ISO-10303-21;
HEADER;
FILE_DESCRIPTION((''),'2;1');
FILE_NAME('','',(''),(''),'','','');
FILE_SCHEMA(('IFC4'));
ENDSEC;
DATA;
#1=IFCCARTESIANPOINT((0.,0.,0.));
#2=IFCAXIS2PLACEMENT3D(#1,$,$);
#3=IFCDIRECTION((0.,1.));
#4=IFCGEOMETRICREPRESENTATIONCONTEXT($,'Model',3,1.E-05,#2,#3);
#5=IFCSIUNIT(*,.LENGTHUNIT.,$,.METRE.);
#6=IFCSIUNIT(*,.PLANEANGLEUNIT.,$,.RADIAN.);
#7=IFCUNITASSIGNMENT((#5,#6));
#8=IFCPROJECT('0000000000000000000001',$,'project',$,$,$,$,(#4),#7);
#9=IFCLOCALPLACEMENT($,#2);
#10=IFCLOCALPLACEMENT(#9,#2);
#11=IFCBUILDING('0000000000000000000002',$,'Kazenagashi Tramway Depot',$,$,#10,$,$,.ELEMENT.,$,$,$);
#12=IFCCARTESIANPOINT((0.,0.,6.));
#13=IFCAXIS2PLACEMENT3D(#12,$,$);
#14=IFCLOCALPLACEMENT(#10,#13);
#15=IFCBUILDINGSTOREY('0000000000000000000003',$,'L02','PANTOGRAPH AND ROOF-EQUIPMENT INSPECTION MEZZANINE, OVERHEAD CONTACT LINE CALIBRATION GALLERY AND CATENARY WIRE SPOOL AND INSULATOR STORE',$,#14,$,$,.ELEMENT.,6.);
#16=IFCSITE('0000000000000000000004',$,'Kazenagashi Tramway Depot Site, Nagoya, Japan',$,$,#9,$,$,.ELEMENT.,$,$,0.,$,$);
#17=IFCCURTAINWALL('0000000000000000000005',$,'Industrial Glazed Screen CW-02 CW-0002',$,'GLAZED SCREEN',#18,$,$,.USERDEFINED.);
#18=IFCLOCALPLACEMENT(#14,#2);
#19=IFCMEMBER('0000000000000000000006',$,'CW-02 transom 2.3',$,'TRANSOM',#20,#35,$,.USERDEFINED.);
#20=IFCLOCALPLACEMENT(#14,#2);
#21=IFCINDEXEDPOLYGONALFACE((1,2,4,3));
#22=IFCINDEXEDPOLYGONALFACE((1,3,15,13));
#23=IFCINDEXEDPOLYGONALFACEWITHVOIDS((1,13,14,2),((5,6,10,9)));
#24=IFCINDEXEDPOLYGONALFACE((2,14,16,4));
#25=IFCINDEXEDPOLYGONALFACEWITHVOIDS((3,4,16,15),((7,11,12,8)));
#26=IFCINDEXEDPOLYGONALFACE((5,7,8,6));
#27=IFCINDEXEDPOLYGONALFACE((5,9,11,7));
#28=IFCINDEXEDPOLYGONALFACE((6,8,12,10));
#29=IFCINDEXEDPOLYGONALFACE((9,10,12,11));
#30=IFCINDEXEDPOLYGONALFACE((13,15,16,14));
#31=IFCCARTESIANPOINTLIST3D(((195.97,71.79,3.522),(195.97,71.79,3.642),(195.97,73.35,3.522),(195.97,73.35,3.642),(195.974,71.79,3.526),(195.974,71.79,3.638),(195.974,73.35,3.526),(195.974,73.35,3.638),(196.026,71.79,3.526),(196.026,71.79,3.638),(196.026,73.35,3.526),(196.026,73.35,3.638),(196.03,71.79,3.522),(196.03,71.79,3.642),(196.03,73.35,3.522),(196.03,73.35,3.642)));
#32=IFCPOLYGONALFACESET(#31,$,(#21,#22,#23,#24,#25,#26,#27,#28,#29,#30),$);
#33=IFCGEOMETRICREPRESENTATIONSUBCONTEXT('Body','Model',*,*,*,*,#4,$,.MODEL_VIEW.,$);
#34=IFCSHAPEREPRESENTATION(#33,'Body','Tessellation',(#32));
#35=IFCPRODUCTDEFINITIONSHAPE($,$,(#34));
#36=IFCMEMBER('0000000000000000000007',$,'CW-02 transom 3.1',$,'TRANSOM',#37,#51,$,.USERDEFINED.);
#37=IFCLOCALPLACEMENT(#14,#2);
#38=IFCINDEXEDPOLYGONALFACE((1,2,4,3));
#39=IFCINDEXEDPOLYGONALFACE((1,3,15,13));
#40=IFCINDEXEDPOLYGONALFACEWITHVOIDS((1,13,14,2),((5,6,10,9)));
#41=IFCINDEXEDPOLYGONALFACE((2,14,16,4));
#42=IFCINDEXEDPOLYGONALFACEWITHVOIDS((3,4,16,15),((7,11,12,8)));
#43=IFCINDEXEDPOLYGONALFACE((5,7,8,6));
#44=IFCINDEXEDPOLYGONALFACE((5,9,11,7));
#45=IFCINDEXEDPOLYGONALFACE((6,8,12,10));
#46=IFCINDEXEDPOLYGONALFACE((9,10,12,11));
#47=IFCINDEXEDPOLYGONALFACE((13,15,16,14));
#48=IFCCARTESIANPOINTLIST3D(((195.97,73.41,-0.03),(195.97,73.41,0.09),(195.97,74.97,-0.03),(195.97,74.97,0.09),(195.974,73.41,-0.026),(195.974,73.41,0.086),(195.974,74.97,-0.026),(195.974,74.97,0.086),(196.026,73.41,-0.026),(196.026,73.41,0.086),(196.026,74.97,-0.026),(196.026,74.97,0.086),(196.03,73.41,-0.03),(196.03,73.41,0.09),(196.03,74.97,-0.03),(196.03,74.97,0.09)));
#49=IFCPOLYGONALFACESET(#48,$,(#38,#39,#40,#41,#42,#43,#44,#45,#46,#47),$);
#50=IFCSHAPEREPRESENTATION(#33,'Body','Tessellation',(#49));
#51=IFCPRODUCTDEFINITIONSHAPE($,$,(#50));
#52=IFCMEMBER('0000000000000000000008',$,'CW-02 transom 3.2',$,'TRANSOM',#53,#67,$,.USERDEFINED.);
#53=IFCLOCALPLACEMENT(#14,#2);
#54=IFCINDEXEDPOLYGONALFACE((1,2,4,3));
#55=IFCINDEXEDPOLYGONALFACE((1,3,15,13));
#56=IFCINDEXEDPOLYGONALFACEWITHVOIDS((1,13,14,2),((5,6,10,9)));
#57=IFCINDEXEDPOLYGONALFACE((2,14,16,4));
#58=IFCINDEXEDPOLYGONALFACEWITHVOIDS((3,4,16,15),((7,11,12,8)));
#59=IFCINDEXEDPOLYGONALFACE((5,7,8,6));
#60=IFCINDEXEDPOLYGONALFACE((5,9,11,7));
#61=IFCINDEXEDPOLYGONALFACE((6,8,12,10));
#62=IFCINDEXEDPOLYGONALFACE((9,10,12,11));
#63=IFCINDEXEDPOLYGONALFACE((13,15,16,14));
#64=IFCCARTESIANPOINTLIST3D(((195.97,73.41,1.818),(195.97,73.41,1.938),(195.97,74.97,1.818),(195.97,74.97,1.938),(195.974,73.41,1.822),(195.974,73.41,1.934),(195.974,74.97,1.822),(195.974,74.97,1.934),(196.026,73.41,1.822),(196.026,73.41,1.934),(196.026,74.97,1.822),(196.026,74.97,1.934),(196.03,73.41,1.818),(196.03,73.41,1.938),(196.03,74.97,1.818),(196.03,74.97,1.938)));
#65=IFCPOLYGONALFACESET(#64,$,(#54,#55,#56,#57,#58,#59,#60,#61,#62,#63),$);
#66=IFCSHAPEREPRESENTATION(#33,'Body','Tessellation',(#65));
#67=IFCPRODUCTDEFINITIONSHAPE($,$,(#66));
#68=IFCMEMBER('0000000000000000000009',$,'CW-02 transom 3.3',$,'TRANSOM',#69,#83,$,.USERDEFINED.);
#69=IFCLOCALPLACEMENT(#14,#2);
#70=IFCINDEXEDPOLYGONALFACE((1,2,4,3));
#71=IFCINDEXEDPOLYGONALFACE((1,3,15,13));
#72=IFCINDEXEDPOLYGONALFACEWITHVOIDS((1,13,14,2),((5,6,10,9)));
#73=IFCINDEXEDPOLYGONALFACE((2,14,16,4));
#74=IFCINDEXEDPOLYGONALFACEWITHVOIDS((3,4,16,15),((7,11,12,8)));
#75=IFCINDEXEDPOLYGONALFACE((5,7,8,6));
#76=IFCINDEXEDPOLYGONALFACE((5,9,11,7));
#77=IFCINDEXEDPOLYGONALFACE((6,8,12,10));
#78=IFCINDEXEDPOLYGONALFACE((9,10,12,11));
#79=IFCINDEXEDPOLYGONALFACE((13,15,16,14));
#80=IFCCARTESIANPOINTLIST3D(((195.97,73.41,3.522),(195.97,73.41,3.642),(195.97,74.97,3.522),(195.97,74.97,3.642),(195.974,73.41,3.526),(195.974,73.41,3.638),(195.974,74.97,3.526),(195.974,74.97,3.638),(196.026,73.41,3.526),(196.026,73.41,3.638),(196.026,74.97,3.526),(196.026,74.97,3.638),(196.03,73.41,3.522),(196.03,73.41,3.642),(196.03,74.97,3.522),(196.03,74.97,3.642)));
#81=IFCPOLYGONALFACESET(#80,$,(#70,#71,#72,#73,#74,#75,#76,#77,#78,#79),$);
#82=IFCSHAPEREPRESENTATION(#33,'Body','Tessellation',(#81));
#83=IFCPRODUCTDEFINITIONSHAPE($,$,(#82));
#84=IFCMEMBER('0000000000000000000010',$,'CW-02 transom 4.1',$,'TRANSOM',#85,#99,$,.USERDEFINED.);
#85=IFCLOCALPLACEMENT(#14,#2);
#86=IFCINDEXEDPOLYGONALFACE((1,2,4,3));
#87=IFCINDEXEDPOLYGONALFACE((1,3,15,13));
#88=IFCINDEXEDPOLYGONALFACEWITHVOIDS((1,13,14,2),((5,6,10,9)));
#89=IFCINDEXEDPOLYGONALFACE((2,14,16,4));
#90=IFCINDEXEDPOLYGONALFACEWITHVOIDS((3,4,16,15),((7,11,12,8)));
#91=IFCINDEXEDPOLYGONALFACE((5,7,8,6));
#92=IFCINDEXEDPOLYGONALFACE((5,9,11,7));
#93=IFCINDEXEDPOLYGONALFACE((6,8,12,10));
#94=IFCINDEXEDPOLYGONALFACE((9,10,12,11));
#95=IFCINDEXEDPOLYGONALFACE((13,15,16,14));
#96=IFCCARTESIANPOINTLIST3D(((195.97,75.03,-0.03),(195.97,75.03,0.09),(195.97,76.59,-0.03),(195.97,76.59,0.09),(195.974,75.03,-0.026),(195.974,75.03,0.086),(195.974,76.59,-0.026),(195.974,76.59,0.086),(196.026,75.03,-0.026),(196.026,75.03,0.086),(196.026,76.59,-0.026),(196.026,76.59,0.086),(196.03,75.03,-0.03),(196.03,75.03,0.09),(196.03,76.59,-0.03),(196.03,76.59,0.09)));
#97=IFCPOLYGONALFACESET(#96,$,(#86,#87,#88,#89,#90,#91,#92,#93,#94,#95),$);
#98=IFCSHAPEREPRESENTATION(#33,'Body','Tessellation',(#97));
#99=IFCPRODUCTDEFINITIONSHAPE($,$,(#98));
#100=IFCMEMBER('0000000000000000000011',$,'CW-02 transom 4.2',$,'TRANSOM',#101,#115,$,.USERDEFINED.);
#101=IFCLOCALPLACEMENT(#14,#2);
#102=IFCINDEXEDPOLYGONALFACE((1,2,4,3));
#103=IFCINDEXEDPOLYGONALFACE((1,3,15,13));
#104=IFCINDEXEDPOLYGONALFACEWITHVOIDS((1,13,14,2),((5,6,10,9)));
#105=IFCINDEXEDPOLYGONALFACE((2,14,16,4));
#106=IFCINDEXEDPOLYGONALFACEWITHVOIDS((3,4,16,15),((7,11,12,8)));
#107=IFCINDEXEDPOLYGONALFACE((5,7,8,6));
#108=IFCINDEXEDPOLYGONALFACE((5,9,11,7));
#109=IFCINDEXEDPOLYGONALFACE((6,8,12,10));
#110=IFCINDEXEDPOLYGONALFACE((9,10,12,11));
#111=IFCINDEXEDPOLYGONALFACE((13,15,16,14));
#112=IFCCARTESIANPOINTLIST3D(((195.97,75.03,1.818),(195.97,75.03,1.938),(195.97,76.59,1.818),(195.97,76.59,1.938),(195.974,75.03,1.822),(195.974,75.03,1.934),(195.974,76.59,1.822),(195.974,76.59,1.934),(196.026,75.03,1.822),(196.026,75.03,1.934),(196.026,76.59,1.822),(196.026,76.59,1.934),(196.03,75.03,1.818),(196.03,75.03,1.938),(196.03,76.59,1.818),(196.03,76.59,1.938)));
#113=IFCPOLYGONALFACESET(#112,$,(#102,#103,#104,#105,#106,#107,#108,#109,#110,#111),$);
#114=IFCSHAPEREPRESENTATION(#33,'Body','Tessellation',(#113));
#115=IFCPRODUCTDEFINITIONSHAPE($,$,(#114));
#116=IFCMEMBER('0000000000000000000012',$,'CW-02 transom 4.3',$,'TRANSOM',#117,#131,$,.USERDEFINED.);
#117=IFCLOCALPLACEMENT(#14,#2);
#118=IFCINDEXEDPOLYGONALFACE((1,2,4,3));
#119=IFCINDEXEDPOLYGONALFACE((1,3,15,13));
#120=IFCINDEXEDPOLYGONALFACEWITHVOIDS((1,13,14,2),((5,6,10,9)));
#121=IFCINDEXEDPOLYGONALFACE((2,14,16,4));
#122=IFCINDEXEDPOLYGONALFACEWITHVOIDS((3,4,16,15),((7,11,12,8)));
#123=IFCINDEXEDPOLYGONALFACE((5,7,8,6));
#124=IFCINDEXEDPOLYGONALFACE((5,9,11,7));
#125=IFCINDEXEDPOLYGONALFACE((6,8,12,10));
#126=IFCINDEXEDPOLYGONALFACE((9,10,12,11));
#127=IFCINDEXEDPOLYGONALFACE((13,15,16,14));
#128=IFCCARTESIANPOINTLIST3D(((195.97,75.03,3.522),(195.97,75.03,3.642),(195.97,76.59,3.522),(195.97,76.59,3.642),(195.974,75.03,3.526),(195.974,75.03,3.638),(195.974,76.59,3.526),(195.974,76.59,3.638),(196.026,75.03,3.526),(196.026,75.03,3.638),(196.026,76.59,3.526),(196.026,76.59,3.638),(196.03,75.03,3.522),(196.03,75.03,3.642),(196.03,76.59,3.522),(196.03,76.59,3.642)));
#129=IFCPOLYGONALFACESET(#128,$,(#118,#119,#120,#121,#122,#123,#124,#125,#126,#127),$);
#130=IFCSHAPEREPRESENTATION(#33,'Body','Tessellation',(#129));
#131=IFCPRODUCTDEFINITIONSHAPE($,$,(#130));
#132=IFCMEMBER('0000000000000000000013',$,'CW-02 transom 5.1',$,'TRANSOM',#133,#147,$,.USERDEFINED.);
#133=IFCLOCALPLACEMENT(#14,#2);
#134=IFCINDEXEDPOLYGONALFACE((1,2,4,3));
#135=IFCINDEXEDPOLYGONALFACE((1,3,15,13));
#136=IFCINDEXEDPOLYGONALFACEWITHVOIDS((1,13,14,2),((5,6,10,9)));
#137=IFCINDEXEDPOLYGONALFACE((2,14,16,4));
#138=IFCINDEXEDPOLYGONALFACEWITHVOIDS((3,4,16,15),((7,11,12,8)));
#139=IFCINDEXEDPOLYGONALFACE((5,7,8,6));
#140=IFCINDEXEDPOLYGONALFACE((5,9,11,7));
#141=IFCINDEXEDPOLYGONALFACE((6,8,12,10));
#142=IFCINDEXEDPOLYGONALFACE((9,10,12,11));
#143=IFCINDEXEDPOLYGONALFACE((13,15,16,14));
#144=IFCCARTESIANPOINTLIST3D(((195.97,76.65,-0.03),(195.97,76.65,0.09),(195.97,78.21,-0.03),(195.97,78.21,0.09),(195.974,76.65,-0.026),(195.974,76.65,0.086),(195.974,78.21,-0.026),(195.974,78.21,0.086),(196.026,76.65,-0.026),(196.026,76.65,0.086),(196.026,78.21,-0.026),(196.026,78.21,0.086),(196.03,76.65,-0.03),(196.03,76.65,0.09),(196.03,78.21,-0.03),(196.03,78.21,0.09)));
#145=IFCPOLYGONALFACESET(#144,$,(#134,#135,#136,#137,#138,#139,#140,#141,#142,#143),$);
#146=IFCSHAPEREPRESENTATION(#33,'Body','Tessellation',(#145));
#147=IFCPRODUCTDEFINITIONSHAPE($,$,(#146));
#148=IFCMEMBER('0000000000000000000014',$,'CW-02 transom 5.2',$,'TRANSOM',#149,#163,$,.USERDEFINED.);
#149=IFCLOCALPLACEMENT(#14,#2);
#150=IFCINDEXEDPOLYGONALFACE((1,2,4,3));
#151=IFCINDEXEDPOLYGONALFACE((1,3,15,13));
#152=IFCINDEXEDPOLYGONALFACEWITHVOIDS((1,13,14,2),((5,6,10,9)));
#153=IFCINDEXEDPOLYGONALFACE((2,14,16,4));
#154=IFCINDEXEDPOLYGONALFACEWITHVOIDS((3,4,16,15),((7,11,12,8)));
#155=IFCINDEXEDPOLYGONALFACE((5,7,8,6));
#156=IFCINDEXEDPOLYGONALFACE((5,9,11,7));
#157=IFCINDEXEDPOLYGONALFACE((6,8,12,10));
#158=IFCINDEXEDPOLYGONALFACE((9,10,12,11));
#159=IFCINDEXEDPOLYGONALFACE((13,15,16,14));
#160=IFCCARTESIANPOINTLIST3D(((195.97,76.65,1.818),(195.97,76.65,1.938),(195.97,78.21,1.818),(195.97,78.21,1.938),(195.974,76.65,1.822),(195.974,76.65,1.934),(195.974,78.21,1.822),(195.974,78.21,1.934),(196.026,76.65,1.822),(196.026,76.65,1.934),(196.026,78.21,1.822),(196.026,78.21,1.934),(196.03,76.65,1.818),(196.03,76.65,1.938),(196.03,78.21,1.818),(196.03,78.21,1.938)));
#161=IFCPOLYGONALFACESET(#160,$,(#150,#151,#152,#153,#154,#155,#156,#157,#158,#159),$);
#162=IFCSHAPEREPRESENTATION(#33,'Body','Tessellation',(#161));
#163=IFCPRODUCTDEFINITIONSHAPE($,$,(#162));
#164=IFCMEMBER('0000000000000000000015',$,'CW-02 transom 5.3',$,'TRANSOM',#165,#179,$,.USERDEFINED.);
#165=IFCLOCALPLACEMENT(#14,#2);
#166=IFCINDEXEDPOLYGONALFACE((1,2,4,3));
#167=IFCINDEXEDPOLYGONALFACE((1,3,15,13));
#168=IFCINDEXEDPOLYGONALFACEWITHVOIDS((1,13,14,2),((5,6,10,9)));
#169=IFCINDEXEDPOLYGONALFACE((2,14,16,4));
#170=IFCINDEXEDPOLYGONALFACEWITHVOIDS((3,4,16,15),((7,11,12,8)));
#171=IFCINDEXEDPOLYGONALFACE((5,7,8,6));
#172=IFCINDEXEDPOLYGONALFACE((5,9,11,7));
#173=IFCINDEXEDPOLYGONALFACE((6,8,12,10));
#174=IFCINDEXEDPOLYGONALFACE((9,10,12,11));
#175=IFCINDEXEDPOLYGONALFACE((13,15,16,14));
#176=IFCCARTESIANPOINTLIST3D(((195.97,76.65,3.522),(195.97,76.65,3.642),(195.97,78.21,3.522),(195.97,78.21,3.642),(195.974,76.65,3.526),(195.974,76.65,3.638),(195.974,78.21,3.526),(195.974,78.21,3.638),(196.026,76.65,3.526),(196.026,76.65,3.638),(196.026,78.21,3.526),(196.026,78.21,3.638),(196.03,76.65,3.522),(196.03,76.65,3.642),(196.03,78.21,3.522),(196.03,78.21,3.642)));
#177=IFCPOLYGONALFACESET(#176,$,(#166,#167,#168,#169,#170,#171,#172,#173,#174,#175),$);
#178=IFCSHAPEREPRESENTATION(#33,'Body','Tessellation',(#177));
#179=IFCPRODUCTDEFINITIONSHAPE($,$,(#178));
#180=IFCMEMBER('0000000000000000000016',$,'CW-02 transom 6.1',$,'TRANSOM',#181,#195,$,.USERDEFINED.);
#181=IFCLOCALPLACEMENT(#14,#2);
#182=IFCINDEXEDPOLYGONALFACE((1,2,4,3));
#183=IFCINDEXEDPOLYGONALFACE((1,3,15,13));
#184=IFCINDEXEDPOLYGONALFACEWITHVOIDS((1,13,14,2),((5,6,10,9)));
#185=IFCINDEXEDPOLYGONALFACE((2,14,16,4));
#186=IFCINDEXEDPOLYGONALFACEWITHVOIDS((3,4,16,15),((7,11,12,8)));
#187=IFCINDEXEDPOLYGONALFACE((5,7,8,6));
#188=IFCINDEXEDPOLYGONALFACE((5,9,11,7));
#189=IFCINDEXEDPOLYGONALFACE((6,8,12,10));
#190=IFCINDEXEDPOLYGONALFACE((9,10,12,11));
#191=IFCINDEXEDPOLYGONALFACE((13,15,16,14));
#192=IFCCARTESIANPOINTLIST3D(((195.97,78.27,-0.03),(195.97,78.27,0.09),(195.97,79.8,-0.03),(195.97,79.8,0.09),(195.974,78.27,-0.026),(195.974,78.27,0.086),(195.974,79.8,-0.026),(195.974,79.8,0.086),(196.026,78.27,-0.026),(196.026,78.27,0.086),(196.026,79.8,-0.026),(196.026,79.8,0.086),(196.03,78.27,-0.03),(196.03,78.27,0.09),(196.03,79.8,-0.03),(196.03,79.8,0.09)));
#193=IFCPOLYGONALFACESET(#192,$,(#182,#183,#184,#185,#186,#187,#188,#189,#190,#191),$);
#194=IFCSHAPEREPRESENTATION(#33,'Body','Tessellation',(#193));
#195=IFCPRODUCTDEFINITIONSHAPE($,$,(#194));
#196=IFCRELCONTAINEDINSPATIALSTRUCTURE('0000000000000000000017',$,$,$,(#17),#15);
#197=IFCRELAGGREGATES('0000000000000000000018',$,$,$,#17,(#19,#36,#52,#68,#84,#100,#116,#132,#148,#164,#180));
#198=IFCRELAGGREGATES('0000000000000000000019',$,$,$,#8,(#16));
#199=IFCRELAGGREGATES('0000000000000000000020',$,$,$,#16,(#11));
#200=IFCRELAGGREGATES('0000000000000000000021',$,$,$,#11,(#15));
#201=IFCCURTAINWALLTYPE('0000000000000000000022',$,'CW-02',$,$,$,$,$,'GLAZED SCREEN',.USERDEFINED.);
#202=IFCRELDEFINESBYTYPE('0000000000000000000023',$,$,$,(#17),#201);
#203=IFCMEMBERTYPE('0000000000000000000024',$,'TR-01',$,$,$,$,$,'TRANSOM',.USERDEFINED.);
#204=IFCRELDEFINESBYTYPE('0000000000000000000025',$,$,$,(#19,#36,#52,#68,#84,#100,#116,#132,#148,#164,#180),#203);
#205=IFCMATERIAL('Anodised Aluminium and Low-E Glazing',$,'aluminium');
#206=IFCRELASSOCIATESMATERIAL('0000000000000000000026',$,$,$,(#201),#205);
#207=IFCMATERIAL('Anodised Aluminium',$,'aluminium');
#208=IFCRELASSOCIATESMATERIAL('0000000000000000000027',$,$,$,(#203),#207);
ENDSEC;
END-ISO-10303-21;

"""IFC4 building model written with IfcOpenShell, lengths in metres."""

from ifc_helpers import new_model, si_unit, direction, frame, origin, origin_2d, place, context, subcontext, project, spatial, hollow_rectangle, extrude, material, material_profile, profile_set, type_object, element, aggregate, save


model = new_model("IFC4")

# Units and contexts
model_context = context("Model", 3, precision=1e-05, world=origin(), true_north=direction((0.0, 1.0)))
body_context = subcontext(model_context, "Body", "Model", "MODEL_VIEW")
ifc_project = project(units=[si_unit("LENGTHUNIT", "METRE"), si_unit("PLANEANGLEUNIT", "RADIAN")], contexts=[model_context])

# Site, building, storey
site_placement = place(None, origin())
site = spatial("IfcSite", under=ifc_project, at=site_placement, Name="Kazenagashi Tramway Depot Site, Nagoya, Japan", CompositionType="ELEMENT", RefElevation=0.0)
building_placement = place(site_placement, origin())
building = spatial("IfcBuilding", under=site, at=building_placement, Name="Kazenagashi Tramway Depot", CompositionType="ELEMENT")
storey_placement = place(building_placement, frame((0.0, 0.0, 6.0)))
storey = spatial("IfcBuildingStorey", under=building, at=storey_placement, Name="L02", Description="PANTOGRAPH AND ROOF-EQUIPMENT INSPECTION MEZZANINE, OVERHEAD CONTACT LINE CALIBRATION GALLERY AND CATENARY WIRE SPOOL AND INSULATOR STORE", CompositionType="ELEMENT", Elevation=6.0)

# Curtain wall, members
ifc_material_1 = material(Name="Anodised Aluminium and Low-E Glazing", Category="aluminium")
curtain_wall_type = type_object("IfcCurtainWallType", Name="CW-02", ElementType="GLAZED SCREEN", PredefinedType="USERDEFINED", material=ifc_material_1)
curtain_wall_placement = place(storey_placement, origin())
curtain_wall = element("IfcCurtainWall", 1, at=curtain_wall_placement, inside=storey, type_object=curtain_wall_type, Name="Industrial Glazed Screen CW-02 CW-0002", ObjectType="GLAZED SCREEN", PredefinedType="USERDEFINED")
ifc_material_2 = material(Name="Anodised Aluminium", Category="aluminium")
ifc_material_profile_1 = material_profile(ifc_material_2, hollow_rectangle(XDim=0.06, YDim=0.12, WallThickness=0.004, at=origin_2d()), Name="RHS-120x60x4")
ifc_profile_set_1 = profile_set([ifc_material_profile_1], Name="Anodised Aluminium")
member_type_1 = type_object("IfcMemberType", Name="TR-01", ElementType="TRANSOM", PredefinedType="USERDEFINED", material=ifc_profile_set_1)
member_1_placement = place(storey_placement, frame((196.0, 71.79, 3.582), z_axis=(0.0, 1.0, 0.0), x_axis=(-1.0, 0.0, 0.0)))
member_1 = element("IfcMember", 2, at=member_1_placement, type_object=member_type_1, Name="CW-02 transom 2.3", ObjectType="TRANSOM", PredefinedType="USERDEFINED", context=body_context, shape_type="SweptSolid", body=[
    extrude(hollow_rectangle(XDim=0.06, YDim=0.12, WallThickness=0.004, at=origin_2d()), origin(), (0.0, 0.0, 1.0), 1.56),
])
member_2_placement = place(storey_placement, frame((196.0, 73.41, 0.03), z_axis=(0.0, 1.0, 0.0), x_axis=(-1.0, 0.0, 0.0)))
member_2 = element("IfcMember", 3, at=member_2_placement, type_object=member_type_1, Name="CW-02 transom 3.1", ObjectType="TRANSOM", PredefinedType="USERDEFINED", context=body_context, shape_type="SweptSolid", body=[
    extrude(hollow_rectangle(XDim=0.06, YDim=0.12, WallThickness=0.004, at=origin_2d()), origin(), (0.0, 0.0, 1.0), 1.56),
])
member_3_placement = place(storey_placement, frame((196.0, 73.41, 1.878), z_axis=(0.0, 1.0, 0.0), x_axis=(-1.0, 0.0, 0.0)))
member_3 = element("IfcMember", 4, at=member_3_placement, type_object=member_type_1, Name="CW-02 transom 3.2", ObjectType="TRANSOM", PredefinedType="USERDEFINED", context=body_context, shape_type="SweptSolid", body=[
    extrude(hollow_rectangle(XDim=0.06, YDim=0.12, WallThickness=0.004, at=origin_2d()), origin(), (0.0, 0.0, 1.0), 1.56),
])
member_4_placement = place(storey_placement, frame((196.0, 73.41, 3.582), z_axis=(0.0, 1.0, 0.0), x_axis=(-1.0, 0.0, 0.0)))
member_4 = element("IfcMember", 5, at=member_4_placement, type_object=member_type_1, Name="CW-02 transom 3.3", ObjectType="TRANSOM", PredefinedType="USERDEFINED", context=body_context, shape_type="SweptSolid", body=[
    extrude(hollow_rectangle(XDim=0.06, YDim=0.12, WallThickness=0.004, at=origin_2d()), origin(), (0.0, 0.0, 1.0), 1.56),
])
member_5_placement = place(storey_placement, frame((196.0, 75.03, 0.03), z_axis=(0.0, 1.0, 0.0), x_axis=(-1.0, 0.0, 0.0)))
member_5 = element("IfcMember", 6, at=member_5_placement, type_object=member_type_1, Name="CW-02 transom 4.1", ObjectType="TRANSOM", PredefinedType="USERDEFINED", context=body_context, shape_type="SweptSolid", body=[
    extrude(hollow_rectangle(XDim=0.06, YDim=0.12, WallThickness=0.004, at=origin_2d()), origin(), (0.0, 0.0, 1.0), 1.56),
])
member_6_placement = place(storey_placement, frame((196.0, 75.03, 1.878), z_axis=(0.0, 1.0, 0.0), x_axis=(-1.0, 0.0, 0.0)))
member_6 = element("IfcMember", 7, at=member_6_placement, type_object=member_type_1, Name="CW-02 transom 4.2", ObjectType="TRANSOM", PredefinedType="USERDEFINED", context=body_context, shape_type="SweptSolid", body=[
    extrude(hollow_rectangle(XDim=0.06, YDim=0.12, WallThickness=0.004, at=origin_2d()), origin(), (0.0, 0.0, 1.0), 1.56),
])
member_7_placement = place(storey_placement, frame((196.0, 75.03, 3.582), z_axis=(0.0, 1.0, 0.0), x_axis=(-1.0, 0.0, 0.0)))
member_7 = element("IfcMember", 8, at=member_7_placement, type_object=member_type_1, Name="CW-02 transom 4.3", ObjectType="TRANSOM", PredefinedType="USERDEFINED", context=body_context, shape_type="SweptSolid", body=[
    extrude(hollow_rectangle(XDim=0.06, YDim=0.12, WallThickness=0.004, at=origin_2d()), origin(), (0.0, 0.0, 1.0), 1.56),
])
member_8_placement = place(storey_placement, frame((196.0, 76.65, 0.03), z_axis=(0.0, 1.0, 0.0), x_axis=(-1.0, 0.0, 0.0)))
member_8 = element("IfcMember", 9, at=member_8_placement, type_object=member_type_1, Name="CW-02 transom 5.1", ObjectType="TRANSOM", PredefinedType="USERDEFINED", context=body_context, shape_type="SweptSolid", body=[
    extrude(hollow_rectangle(XDim=0.06, YDim=0.12, WallThickness=0.004, at=origin_2d()), origin(), (0.0, 0.0, 1.0), 1.56),
])
member_9_placement = place(storey_placement, frame((196.0, 76.65, 1.878), z_axis=(0.0, 1.0, 0.0), x_axis=(-1.0, 0.0, 0.0)))
member_9 = element("IfcMember", 10, at=member_9_placement, type_object=member_type_1, Name="CW-02 transom 5.2", ObjectType="TRANSOM", PredefinedType="USERDEFINED", context=body_context, shape_type="SweptSolid", body=[
    extrude(hollow_rectangle(XDim=0.06, YDim=0.12, WallThickness=0.004, at=origin_2d()), origin(), (0.0, 0.0, 1.0), 1.56),
])
member_10_placement = place(storey_placement, frame((196.0, 76.65, 3.582), z_axis=(0.0, 1.0, 0.0), x_axis=(-1.0, 0.0, 0.0)))
member_10 = element("IfcMember", 11, at=member_10_placement, type_object=member_type_1, Name="CW-02 transom 5.3", ObjectType="TRANSOM", PredefinedType="USERDEFINED", context=body_context, shape_type="SweptSolid", body=[
    extrude(hollow_rectangle(XDim=0.06, YDim=0.12, WallThickness=0.004, at=origin_2d()), origin(), (0.0, 0.0, 1.0), 1.56),
])
member_11_placement = place(storey_placement, frame((196.0, 78.27, 0.03), z_axis=(0.0, 1.0, 0.0), x_axis=(-1.0, 0.0, 0.0)))
member_11 = element("IfcMember", 12, at=member_11_placement, type_object=member_type_1, Name="CW-02 transom 6.1", ObjectType="TRANSOM", PredefinedType="USERDEFINED", context=body_context, shape_type="SweptSolid", body=[
    extrude(hollow_rectangle(XDim=0.06, YDim=0.12, WallThickness=0.004, at=origin_2d()), origin(), (0.0, 0.0, 1.0), 1.53),
])
aggregate(curtain_wall, [member_1, member_2, member_3, member_4, member_5, member_6, member_7, member_8, member_9, member_10, member_11])

save(model, "model.ifc")
